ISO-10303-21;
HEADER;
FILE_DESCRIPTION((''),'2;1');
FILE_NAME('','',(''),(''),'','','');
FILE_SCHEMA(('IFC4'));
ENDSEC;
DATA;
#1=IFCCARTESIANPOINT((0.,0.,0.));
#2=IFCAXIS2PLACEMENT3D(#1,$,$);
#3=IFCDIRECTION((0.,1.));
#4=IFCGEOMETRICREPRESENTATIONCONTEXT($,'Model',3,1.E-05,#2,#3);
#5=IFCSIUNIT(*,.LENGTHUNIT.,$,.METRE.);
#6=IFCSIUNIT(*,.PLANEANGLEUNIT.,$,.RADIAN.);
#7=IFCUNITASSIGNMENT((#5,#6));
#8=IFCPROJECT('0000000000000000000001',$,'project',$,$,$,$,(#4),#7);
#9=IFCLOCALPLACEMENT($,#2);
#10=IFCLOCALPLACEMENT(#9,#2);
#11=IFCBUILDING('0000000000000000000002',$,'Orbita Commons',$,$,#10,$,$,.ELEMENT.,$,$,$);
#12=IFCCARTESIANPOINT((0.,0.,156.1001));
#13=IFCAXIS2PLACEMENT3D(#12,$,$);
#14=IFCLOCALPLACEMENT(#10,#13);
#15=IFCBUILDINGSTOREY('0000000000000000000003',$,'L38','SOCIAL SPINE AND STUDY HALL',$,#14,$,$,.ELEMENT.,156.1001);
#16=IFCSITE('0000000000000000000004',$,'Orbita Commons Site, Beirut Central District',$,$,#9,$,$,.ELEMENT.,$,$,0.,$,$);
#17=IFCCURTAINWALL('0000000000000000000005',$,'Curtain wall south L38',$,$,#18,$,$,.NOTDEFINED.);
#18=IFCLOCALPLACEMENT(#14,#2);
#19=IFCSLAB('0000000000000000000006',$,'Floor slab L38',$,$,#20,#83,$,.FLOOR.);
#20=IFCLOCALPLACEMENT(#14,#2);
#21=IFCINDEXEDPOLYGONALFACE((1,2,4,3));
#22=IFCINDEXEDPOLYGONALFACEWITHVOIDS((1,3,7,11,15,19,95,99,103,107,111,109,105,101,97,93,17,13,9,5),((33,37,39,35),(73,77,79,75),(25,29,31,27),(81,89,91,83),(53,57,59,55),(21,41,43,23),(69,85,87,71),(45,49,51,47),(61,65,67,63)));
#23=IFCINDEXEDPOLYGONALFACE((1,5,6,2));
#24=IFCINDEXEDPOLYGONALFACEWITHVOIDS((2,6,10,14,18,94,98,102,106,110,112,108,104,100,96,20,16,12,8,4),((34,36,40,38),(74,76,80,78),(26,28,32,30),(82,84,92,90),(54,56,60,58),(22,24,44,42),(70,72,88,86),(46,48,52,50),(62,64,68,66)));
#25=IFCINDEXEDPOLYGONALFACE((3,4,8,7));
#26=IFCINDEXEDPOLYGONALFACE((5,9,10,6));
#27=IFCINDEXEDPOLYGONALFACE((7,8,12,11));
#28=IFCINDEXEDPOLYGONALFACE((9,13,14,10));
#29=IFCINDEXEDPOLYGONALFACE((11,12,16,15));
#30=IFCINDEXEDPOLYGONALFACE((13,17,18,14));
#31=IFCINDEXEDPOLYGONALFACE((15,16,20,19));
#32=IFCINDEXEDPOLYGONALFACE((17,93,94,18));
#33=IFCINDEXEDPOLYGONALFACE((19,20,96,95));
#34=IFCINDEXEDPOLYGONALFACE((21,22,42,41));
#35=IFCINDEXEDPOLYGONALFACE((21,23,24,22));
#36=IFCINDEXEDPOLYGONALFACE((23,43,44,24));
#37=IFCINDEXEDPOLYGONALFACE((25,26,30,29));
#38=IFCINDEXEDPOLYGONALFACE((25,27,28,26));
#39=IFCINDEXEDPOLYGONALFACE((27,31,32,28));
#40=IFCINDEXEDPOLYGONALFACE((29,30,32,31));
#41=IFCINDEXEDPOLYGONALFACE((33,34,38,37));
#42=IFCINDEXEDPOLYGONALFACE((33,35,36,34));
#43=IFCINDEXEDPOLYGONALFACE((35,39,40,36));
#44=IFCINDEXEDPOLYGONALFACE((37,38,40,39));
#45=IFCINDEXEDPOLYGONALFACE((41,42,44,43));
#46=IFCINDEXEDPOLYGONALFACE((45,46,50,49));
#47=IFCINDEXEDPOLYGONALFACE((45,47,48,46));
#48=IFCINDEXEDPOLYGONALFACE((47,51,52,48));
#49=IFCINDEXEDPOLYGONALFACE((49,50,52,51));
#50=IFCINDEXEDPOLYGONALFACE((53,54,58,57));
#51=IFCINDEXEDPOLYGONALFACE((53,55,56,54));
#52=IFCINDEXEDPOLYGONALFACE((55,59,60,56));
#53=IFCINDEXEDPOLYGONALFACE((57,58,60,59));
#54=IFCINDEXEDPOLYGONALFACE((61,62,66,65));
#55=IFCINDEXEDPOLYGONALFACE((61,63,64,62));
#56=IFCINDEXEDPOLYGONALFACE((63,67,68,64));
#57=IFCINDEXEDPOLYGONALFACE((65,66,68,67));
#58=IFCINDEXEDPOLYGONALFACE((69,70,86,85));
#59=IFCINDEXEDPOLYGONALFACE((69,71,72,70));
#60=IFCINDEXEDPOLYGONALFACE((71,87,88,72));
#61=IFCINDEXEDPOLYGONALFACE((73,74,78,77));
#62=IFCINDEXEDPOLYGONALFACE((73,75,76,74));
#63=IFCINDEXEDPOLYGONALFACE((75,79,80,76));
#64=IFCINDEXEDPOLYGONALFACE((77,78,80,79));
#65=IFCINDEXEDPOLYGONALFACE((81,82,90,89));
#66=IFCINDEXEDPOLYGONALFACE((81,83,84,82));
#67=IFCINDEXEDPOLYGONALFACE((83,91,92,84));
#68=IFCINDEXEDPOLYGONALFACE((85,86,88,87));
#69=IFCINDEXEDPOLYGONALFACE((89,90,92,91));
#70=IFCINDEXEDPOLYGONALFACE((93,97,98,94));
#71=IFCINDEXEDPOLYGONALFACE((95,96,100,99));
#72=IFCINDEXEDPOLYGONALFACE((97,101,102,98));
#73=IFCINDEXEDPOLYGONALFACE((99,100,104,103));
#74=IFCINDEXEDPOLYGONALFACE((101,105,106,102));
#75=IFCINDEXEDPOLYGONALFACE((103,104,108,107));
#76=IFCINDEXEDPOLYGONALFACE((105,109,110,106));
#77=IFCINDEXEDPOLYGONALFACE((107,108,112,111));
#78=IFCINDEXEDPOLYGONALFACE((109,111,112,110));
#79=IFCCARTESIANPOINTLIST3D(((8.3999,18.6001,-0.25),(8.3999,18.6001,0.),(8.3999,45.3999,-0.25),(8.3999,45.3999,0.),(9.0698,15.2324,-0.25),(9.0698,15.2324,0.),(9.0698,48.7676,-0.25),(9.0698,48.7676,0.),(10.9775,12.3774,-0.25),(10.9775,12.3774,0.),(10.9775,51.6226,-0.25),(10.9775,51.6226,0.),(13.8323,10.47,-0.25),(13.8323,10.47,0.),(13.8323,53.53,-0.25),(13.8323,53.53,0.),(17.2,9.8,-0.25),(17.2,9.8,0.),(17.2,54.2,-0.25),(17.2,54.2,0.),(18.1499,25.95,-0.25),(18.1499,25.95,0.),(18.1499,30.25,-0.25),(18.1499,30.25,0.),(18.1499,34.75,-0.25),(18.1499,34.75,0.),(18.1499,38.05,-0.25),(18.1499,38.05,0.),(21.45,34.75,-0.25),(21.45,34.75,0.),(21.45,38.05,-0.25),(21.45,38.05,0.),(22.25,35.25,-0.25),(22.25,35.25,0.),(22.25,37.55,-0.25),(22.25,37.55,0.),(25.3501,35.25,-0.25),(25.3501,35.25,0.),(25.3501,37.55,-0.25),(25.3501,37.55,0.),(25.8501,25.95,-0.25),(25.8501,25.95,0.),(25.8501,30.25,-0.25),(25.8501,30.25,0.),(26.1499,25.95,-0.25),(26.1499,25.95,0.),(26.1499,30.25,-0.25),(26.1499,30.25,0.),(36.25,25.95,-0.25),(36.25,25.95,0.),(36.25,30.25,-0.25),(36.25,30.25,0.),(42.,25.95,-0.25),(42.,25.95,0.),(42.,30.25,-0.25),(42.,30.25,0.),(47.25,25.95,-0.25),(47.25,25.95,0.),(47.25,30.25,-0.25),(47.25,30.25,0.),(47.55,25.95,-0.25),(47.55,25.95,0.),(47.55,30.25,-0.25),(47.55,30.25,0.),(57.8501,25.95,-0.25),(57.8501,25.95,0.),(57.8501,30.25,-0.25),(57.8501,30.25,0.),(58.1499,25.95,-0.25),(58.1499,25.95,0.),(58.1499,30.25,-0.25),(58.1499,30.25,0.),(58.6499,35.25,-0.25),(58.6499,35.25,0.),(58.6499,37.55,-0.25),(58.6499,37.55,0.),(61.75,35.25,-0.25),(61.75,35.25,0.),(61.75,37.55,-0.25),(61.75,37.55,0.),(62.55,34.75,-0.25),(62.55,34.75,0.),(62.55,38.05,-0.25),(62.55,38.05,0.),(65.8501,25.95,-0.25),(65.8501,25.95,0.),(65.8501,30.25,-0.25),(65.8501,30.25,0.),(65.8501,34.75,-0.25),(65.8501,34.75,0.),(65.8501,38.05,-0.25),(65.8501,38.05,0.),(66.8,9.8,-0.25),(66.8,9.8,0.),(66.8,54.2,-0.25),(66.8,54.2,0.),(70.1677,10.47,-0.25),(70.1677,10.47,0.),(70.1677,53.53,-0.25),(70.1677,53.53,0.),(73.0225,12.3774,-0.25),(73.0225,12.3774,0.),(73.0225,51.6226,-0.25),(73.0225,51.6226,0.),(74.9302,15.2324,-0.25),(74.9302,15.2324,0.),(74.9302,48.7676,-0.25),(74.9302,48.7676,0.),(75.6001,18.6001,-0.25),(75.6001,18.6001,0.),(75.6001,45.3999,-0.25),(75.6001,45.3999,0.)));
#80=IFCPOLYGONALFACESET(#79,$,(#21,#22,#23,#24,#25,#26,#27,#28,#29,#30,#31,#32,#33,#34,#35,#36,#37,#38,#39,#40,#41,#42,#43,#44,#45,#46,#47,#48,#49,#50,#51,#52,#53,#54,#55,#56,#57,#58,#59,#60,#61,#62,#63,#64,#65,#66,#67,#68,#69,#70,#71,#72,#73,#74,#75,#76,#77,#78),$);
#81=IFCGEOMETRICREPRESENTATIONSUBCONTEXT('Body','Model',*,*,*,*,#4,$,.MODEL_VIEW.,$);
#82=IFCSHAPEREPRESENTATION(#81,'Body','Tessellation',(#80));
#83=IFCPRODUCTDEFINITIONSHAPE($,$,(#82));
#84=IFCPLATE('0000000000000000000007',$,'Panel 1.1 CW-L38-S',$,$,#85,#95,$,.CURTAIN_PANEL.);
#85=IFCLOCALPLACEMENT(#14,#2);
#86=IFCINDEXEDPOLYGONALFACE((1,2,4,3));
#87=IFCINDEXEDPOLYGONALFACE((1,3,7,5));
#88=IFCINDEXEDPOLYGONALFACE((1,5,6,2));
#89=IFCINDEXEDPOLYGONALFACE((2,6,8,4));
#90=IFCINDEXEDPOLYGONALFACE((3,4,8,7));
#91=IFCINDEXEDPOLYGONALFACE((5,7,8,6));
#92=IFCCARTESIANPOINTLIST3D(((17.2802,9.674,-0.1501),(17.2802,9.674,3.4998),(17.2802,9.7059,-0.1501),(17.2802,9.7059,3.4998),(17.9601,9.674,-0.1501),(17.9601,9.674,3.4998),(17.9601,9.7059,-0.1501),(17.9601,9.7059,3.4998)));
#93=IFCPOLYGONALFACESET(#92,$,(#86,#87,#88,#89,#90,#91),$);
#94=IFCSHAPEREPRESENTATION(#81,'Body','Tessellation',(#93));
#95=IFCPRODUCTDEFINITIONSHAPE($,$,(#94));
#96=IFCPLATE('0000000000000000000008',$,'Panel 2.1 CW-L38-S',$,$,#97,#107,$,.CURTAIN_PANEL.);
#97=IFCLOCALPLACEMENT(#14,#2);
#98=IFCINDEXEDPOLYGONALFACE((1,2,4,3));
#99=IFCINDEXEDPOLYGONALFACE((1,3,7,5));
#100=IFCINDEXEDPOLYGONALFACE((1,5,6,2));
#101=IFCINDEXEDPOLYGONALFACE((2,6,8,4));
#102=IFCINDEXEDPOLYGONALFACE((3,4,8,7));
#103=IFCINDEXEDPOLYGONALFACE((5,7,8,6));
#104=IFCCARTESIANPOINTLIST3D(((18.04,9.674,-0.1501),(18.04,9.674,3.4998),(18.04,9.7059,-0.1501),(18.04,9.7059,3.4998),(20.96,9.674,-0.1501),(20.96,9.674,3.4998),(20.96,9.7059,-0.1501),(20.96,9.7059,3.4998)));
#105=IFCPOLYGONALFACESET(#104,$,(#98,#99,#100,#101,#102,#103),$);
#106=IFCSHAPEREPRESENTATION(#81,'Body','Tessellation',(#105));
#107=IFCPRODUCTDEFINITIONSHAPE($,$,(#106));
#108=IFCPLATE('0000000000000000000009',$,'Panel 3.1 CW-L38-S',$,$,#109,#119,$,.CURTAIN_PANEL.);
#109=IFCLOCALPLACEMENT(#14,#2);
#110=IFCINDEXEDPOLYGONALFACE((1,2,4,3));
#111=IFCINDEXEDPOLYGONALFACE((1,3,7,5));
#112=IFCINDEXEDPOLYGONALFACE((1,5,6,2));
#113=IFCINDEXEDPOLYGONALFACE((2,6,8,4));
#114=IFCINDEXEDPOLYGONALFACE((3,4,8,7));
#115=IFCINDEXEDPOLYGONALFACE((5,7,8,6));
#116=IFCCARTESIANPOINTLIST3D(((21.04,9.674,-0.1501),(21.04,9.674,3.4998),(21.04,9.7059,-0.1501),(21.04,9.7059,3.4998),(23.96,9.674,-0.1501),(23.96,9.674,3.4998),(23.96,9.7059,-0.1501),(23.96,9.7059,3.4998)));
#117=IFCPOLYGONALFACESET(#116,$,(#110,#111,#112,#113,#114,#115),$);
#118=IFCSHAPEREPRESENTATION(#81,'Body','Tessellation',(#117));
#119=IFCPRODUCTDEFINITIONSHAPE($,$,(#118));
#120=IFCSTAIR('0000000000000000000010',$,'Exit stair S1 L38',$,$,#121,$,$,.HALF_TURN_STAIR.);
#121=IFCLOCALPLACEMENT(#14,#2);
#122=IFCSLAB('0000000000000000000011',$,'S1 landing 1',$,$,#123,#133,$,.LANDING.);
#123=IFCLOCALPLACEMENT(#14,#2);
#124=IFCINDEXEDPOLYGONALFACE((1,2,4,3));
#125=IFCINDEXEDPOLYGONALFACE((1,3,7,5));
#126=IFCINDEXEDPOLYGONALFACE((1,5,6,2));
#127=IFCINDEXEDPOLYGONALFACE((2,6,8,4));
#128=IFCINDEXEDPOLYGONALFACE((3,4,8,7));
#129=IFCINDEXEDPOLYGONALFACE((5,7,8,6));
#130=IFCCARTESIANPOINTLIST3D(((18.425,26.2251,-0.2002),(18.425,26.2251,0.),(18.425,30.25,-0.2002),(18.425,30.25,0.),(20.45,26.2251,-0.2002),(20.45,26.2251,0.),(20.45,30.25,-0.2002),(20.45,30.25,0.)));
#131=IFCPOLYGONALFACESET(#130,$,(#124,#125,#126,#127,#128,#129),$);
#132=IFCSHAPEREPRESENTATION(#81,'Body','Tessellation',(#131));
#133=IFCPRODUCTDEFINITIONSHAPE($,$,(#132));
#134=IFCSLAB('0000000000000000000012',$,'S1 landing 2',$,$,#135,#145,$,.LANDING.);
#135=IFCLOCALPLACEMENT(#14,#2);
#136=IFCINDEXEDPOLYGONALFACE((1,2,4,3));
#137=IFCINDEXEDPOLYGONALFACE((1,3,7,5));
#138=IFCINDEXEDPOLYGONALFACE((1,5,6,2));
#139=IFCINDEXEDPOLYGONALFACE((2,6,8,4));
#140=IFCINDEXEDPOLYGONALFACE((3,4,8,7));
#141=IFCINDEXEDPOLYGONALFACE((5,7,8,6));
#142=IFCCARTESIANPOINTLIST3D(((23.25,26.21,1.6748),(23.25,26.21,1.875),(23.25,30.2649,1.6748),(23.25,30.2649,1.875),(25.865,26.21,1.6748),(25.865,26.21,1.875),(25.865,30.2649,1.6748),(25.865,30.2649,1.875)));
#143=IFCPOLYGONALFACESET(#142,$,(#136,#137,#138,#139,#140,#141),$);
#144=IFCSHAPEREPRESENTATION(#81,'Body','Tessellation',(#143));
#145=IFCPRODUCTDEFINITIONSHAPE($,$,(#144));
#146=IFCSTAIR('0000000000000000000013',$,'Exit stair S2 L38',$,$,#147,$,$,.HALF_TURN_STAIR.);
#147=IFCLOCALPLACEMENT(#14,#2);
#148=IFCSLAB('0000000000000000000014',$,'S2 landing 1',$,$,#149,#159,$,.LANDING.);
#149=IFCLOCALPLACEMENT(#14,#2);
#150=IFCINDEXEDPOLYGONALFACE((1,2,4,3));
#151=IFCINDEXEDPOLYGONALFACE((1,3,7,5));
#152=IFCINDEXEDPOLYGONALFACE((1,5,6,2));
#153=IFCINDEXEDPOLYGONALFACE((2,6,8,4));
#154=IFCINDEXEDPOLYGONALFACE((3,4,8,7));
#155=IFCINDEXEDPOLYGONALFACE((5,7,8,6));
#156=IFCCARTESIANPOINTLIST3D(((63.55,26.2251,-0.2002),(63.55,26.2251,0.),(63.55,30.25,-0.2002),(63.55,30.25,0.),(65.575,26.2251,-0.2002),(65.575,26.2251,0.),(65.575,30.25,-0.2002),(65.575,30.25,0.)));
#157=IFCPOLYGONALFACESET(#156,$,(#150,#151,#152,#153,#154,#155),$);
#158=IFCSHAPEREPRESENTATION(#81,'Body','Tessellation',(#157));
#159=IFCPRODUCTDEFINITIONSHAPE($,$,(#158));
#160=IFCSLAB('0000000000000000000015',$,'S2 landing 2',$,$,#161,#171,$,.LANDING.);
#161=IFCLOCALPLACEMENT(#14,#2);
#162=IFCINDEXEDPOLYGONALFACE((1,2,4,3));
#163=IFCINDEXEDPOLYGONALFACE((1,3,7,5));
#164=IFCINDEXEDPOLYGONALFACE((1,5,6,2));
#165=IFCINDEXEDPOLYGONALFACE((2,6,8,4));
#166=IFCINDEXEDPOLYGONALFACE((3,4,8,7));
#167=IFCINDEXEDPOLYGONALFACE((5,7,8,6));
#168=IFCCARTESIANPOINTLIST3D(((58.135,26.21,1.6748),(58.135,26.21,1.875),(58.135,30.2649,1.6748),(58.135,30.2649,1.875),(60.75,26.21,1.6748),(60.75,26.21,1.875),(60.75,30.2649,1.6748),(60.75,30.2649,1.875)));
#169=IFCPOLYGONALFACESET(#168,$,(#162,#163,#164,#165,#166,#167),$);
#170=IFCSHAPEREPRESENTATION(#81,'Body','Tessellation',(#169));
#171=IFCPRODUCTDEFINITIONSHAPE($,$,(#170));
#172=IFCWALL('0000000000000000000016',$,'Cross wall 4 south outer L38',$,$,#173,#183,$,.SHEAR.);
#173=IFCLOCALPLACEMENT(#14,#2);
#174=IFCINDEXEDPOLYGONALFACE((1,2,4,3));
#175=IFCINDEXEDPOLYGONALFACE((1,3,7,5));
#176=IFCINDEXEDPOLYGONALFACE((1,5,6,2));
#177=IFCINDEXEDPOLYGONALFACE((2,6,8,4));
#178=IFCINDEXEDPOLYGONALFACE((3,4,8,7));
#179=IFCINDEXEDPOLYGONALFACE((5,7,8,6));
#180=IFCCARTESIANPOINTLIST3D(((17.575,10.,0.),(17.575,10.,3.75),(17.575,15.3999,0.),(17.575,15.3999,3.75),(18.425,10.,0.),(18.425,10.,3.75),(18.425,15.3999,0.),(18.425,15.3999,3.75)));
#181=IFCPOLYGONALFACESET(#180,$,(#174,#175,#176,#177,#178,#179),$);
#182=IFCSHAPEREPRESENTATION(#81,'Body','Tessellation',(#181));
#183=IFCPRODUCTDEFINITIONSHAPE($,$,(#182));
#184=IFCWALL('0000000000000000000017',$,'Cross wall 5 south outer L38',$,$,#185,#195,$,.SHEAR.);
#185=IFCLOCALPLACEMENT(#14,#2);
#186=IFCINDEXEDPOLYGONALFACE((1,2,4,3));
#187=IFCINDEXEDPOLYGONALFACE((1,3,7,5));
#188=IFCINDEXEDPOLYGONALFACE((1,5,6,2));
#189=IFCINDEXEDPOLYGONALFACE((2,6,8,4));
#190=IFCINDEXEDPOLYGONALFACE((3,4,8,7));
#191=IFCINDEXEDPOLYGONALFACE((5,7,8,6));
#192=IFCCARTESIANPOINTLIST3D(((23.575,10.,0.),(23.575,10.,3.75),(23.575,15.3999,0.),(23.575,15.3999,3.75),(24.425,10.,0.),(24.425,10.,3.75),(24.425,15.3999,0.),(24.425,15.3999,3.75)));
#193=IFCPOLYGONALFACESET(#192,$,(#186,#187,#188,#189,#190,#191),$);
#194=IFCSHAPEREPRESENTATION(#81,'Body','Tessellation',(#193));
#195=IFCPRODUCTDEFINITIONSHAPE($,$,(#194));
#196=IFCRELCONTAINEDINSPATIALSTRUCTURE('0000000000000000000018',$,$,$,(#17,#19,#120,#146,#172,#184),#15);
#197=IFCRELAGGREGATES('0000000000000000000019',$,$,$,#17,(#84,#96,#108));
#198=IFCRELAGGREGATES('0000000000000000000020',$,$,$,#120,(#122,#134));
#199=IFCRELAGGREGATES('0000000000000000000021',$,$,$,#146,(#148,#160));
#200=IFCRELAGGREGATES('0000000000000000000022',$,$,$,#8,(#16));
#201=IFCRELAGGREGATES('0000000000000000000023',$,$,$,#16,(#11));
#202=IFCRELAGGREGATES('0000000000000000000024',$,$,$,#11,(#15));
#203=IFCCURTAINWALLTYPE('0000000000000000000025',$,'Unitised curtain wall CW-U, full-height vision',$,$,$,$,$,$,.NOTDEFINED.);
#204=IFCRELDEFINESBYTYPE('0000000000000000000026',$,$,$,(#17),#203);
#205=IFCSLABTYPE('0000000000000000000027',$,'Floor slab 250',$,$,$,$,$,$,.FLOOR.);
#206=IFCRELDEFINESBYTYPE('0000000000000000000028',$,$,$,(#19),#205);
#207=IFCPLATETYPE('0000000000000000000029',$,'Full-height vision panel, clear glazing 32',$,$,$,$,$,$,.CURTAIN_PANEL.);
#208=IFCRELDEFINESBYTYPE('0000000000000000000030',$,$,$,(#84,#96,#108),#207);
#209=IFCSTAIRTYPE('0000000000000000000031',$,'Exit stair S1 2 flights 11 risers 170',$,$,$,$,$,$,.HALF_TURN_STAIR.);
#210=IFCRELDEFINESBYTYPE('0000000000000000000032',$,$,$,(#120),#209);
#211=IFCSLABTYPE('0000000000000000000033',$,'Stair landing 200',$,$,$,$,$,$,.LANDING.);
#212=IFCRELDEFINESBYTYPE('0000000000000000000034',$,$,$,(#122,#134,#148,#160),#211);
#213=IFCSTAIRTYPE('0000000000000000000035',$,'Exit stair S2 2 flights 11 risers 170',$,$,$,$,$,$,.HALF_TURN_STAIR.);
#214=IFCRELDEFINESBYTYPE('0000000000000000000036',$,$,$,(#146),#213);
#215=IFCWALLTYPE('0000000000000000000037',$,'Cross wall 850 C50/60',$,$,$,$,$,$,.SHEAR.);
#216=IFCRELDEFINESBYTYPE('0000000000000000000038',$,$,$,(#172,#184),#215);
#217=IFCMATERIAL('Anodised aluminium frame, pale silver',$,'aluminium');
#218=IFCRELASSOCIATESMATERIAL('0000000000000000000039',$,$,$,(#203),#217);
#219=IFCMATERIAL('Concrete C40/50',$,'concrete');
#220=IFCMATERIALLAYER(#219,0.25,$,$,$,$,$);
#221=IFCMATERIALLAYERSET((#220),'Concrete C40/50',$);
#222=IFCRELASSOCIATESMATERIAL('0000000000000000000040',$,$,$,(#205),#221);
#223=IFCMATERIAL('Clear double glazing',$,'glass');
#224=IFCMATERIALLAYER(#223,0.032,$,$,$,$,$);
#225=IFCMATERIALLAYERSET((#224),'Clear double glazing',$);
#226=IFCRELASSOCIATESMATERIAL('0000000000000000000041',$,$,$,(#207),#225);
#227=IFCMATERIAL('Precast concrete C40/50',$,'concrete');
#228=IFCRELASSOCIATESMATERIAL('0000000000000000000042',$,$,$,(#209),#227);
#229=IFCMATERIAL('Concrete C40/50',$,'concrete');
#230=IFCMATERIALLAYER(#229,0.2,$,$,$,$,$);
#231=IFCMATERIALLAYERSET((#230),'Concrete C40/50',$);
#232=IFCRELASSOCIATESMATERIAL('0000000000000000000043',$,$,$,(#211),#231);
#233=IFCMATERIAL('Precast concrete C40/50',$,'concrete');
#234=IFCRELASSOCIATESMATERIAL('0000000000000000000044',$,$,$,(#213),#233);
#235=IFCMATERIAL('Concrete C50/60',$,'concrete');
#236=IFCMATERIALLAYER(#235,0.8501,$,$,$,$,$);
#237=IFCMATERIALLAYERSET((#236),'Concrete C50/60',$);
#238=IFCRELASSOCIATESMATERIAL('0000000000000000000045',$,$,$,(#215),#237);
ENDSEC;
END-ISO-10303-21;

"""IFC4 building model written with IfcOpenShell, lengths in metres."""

from ifc_helpers import new_model, si_unit, direction, frame, frame_2d, origin, origin_2d, place, context, subcontext, project, spatial, polyline, rectangle, outline, extrude, material, layer, layer_set, type_object, element, aggregate, save


model = new_model("IFC4")

# Units and contexts
model_context = context("Model", 3, precision=1e-05, world=origin(), true_north=direction((0.0, 1.0)))
body_context = subcontext(model_context, "Body", "Model", "MODEL_VIEW")
ifc_project = project(units=[si_unit("LENGTHUNIT", "METRE"), si_unit("PLANEANGLEUNIT", "RADIAN")], contexts=[model_context])

# Site, building, storey
site_placement = place(None, origin())
site = spatial("IfcSite", under=ifc_project, at=site_placement, Name="Orbita Commons Site, Beirut Central District", CompositionType="ELEMENT", RefElevation=0.0)
building_placement = place(site_placement, origin())
building = spatial("IfcBuilding", under=site, at=building_placement, Name="Orbita Commons", CompositionType="ELEMENT")
storey_placement = place(building_placement, frame((0.0, 0.0, 156.1001)))
storey = spatial("IfcBuildingStorey", under=building, at=storey_placement, Name="L38", Description="SOCIAL SPINE AND STUDY HALL", CompositionType="ELEMENT", Elevation=156.1001)

# Curtain wall
ifc_material_1 = material(Name="Anodised aluminium frame, pale silver", Category="aluminium")
curtain_wall_type = type_object("IfcCurtainWallType", Name="Unitised curtain wall CW-U, full-height vision", PredefinedType="NOTDEFINED", material=ifc_material_1)
curtain_wall_placement = place(storey_placement, origin())
curtain_wall = element("IfcCurtainWall", 1, at=curtain_wall_placement, inside=storey, type_object=curtain_wall_type, Name="Curtain wall south L38", PredefinedType="NOTDEFINED")

# Slab
ifc_material_2 = material(Name="Concrete C40/50", Category="concrete")
ifc_layer_1 = layer(ifc_material_2, 0.25)
ifc_layer_set_1 = layer_set([ifc_layer_1], Name="Concrete C40/50")
slab_type_1 = type_object("IfcSlabType", Name="Floor slab 250", PredefinedType="FLOOR", material=ifc_layer_set_1)
slab_1_placement = place(storey_placement, frame((0.0, 0.0, -0.25)))
element("IfcSlab", 2, at=slab_1_placement, inside=storey, type_object=slab_type_1, Name="Floor slab L38", PredefinedType="FLOOR", context=body_context, shape_type="SweptSolid", body=[
    extrude(outline(polyline([(66.8, 9.8), (70.1677, 10.47), (73.0225, 12.3774), (74.9302, 15.2324), (75.6001, 18.6001), (75.6001, 45.3999), (74.9302, 48.7676), (73.0225, 51.6226), (70.1677, 53.53), (66.8, 54.2), (17.2, 54.2), (13.8323, 53.53), (10.9775, 51.6226), (9.0698, 48.7676), (8.3999, 45.3999), (8.3999, 18.6001), (9.0698, 15.2324), (10.9775, 12.3774), (13.8323, 10.47), (17.2, 9.8), (66.8, 9.8)]), holes=[polyline([(18.1499, 25.95), (25.8501, 25.95), (25.8501, 30.25), (18.1499, 30.25), (18.1499, 25.95)]), polyline([(58.1499, 25.95), (65.8501, 25.95), (65.8501, 30.25), (58.1499, 30.25), (58.1499, 25.95)]), polyline([(18.1499, 34.75), (21.45, 34.75), (21.45, 38.05), (18.1499, 38.05), (18.1499, 34.75)]), polyline([(62.55, 34.75), (65.8501, 34.75), (65.8501, 38.05), (62.55, 38.05), (62.55, 34.75)]), polyline([(22.25, 35.25), (25.3501, 35.25), (25.3501, 37.55), (22.25, 37.55), (22.25, 35.25)]), polyline([(58.6499, 35.25), (61.75, 35.25), (61.75, 37.55), (58.6499, 37.55), (58.6499, 35.25)]), polyline([(26.1499, 25.95), (36.25, 25.95), (36.25, 30.25), (26.1499, 30.25), (26.1499, 25.95)]), polyline([(42.0, 25.95), (47.25, 25.95), (47.25, 30.25), (42.0, 30.25), (42.0, 25.95)]), polyline([(47.55, 25.95), (57.8501, 25.95), (57.8501, 30.25), (47.55, 30.25), (47.55, 25.95)])]), origin(), (0.0, 0.0, 1.0), 0.25),
])

# Plates
ifc_material_3 = material(Name="Clear double glazing", Category="glass")
ifc_layer_2 = layer(ifc_material_3, 0.032)
ifc_layer_set_2 = layer_set([ifc_layer_2], Name="Clear double glazing")
plate_type = type_object("IfcPlateType", Name="Full-height vision panel, clear glazing 32", PredefinedType="CURTAIN_PANEL", material=ifc_layer_set_2)
plate_1_placement = place(storey_placement, frame((17.6201, 9.6899, -0.1501), z_axis=(0.0, 0.0, 1.0), x_axis=(1.0, 0.0, 0.0)))
plate_1 = element("IfcPlate", 3, at=plate_1_placement, type_object=plate_type, Name="Panel 1.1 CW-L38-S", PredefinedType="CURTAIN_PANEL", context=body_context, shape_type="SweptSolid", body=[
    extrude(rectangle(XDim=0.6799, YDim=0.032, at=origin_2d()), origin(), (0.0, 0.0, 1.0), 3.6499),
])
plate_2_placement = place(storey_placement, frame((19.5, 9.6899, -0.1501), z_axis=(0.0, 0.0, 1.0), x_axis=(1.0, 0.0, 0.0)))
plate_2 = element("IfcPlate", 4, at=plate_2_placement, type_object=plate_type, Name="Panel 2.1 CW-L38-S", PredefinedType="CURTAIN_PANEL", context=body_context, shape_type="SweptSolid", body=[
    extrude(rectangle(XDim=2.9199, YDim=0.032, at=origin_2d()), origin(), (0.0, 0.0, 1.0), 3.6499),
])
plate_3_placement = place(storey_placement, frame((22.5, 9.6899, -0.1501), z_axis=(0.0, 0.0, 1.0), x_axis=(1.0, 0.0, 0.0)))
plate_3 = element("IfcPlate", 5, at=plate_3_placement, type_object=plate_type, Name="Panel 3.1 CW-L38-S", PredefinedType="CURTAIN_PANEL", context=body_context, shape_type="SweptSolid", body=[
    extrude(rectangle(XDim=2.9199, YDim=0.032, at=origin_2d()), origin(), (0.0, 0.0, 1.0), 3.6499),
])
aggregate(curtain_wall, [plate_1, plate_2, plate_3])

# Stairs, slabs
ifc_material_4 = material(Name="Precast concrete C40/50", Category="concrete")
stair_type_1 = type_object("IfcStairType", Name="Exit stair S1 2 flights 11 risers 170", PredefinedType="HALF_TURN_STAIR", material=ifc_material_4)
stair_1_placement = place(storey_placement, origin())
stair_1 = element("IfcStair", 6, at=stair_1_placement, inside=storey, type_object=stair_type_1, Name="Exit stair S1 L38", PredefinedType="HALF_TURN_STAIR")
ifc_material_5 = material(Name="Concrete C40/50", Category="concrete")
ifc_layer_3 = layer(ifc_material_5, 0.2)
ifc_layer_set_3 = layer_set([ifc_layer_3], Name="Concrete C40/50")
slab_type_2 = type_object("IfcSlabType", Name="Stair landing 200", PredefinedType="LANDING", material=ifc_layer_set_3)
slab_2_placement = place(storey_placement, frame((0.0, 0.0, -0.2002)))
slab_2 = element("IfcSlab", 7, at=slab_2_placement, type_object=slab_type_2, Name="S1 landing 1", PredefinedType="LANDING", context=body_context, shape_type="SweptSolid", body=[
    extrude(outline(polyline([(18.425, 26.2251), (20.45, 26.2251), (20.45, 30.25), (18.425, 30.25), (18.425, 26.2251)])), origin(), (0.0, 0.0, 1.0), 0.2002),
])
slab_3_placement = place(storey_placement, frame((0.0, 0.0, 1.6748)))
slab_3 = element("IfcSlab", 8, at=slab_3_placement, type_object=slab_type_2, Name="S1 landing 2", PredefinedType="LANDING", context=body_context, shape_type="SweptSolid", body=[
    extrude(outline(polyline([(23.25, 26.21), (25.865, 26.21), (25.865, 30.2649), (23.25, 30.2649), (23.25, 26.21)])), origin(), (0.0, 0.0, 1.0), 0.2002),
])
aggregate(stair_1, [slab_2, slab_3])
ifc_material_6 = material(Name="Precast concrete C40/50", Category="concrete")
stair_type_2 = type_object("IfcStairType", Name="Exit stair S2 2 flights 11 risers 170", PredefinedType="HALF_TURN_STAIR", material=ifc_material_6)
stair_2_placement = place(storey_placement, origin())
stair_2 = element("IfcStair", 9, at=stair_2_placement, inside=storey, type_object=stair_type_2, Name="Exit stair S2 L38", PredefinedType="HALF_TURN_STAIR")
slab_4_placement = place(storey_placement, frame((0.0, 0.0, -0.2002)))
slab_4 = element("IfcSlab", 10, at=slab_4_placement, type_object=slab_type_2, Name="S2 landing 1", PredefinedType="LANDING", context=body_context, shape_type="SweptSolid", body=[
    extrude(outline(polyline([(63.55, 26.2251), (65.575, 26.2251), (65.575, 30.25), (63.55, 30.25), (63.55, 26.2251)])), origin(), (0.0, 0.0, 1.0), 0.2002),
])
slab_5_placement = place(storey_placement, frame((0.0, 0.0, 1.6748)))
slab_5 = element("IfcSlab", 11, at=slab_5_placement, type_object=slab_type_2, Name="S2 landing 2", PredefinedType="LANDING", context=body_context, shape_type="SweptSolid", body=[
    extrude(outline(polyline([(58.135, 26.21), (60.75, 26.21), (60.75, 30.2649), (58.135, 30.2649), (58.135, 26.21)])), origin(), (0.0, 0.0, 1.0), 0.2002),
])
aggregate(stair_2, [slab_4, slab_5])

# Walls
ifc_material_7 = material(Name="Concrete C50/60", Category="concrete")
ifc_layer_4 = layer(ifc_material_7, 0.8501)
ifc_layer_set_4 = layer_set([ifc_layer_4], Name="Concrete C50/60")
wall_type_1 = type_object("IfcWallType", Name="Cross wall 850 C50/60", PredefinedType="SHEAR", material=ifc_layer_set_4)
for number, where, z_axis, x_axis, name in (
    (12, (18.0, 10.0, 0.0), (0.0, 0.0, 1.0), (0.0, 1.0, 0.0), "Cross wall 4 south outer L38"),
    (13, (24.0, 10.0, 0.0), (0.0, 0.0, 1.0), (0.0, 1.0, 0.0), "Cross wall 5 south outer L38"),
):
    element("IfcWall", number, at=place(storey_placement, frame(where, z_axis=z_axis, x_axis=x_axis)), inside=storey, type_object=wall_type_1, Name=name, PredefinedType="SHEAR", context=body_context, shape_type="SweptSolid", body=[
        extrude(rectangle(XDim=5.3999, YDim=0.8501, at=frame_2d((2.7, 0.0))), origin(), (0.0, 0.0, 1.0), 3.75),
    ])

save(model, "model.ifc")
